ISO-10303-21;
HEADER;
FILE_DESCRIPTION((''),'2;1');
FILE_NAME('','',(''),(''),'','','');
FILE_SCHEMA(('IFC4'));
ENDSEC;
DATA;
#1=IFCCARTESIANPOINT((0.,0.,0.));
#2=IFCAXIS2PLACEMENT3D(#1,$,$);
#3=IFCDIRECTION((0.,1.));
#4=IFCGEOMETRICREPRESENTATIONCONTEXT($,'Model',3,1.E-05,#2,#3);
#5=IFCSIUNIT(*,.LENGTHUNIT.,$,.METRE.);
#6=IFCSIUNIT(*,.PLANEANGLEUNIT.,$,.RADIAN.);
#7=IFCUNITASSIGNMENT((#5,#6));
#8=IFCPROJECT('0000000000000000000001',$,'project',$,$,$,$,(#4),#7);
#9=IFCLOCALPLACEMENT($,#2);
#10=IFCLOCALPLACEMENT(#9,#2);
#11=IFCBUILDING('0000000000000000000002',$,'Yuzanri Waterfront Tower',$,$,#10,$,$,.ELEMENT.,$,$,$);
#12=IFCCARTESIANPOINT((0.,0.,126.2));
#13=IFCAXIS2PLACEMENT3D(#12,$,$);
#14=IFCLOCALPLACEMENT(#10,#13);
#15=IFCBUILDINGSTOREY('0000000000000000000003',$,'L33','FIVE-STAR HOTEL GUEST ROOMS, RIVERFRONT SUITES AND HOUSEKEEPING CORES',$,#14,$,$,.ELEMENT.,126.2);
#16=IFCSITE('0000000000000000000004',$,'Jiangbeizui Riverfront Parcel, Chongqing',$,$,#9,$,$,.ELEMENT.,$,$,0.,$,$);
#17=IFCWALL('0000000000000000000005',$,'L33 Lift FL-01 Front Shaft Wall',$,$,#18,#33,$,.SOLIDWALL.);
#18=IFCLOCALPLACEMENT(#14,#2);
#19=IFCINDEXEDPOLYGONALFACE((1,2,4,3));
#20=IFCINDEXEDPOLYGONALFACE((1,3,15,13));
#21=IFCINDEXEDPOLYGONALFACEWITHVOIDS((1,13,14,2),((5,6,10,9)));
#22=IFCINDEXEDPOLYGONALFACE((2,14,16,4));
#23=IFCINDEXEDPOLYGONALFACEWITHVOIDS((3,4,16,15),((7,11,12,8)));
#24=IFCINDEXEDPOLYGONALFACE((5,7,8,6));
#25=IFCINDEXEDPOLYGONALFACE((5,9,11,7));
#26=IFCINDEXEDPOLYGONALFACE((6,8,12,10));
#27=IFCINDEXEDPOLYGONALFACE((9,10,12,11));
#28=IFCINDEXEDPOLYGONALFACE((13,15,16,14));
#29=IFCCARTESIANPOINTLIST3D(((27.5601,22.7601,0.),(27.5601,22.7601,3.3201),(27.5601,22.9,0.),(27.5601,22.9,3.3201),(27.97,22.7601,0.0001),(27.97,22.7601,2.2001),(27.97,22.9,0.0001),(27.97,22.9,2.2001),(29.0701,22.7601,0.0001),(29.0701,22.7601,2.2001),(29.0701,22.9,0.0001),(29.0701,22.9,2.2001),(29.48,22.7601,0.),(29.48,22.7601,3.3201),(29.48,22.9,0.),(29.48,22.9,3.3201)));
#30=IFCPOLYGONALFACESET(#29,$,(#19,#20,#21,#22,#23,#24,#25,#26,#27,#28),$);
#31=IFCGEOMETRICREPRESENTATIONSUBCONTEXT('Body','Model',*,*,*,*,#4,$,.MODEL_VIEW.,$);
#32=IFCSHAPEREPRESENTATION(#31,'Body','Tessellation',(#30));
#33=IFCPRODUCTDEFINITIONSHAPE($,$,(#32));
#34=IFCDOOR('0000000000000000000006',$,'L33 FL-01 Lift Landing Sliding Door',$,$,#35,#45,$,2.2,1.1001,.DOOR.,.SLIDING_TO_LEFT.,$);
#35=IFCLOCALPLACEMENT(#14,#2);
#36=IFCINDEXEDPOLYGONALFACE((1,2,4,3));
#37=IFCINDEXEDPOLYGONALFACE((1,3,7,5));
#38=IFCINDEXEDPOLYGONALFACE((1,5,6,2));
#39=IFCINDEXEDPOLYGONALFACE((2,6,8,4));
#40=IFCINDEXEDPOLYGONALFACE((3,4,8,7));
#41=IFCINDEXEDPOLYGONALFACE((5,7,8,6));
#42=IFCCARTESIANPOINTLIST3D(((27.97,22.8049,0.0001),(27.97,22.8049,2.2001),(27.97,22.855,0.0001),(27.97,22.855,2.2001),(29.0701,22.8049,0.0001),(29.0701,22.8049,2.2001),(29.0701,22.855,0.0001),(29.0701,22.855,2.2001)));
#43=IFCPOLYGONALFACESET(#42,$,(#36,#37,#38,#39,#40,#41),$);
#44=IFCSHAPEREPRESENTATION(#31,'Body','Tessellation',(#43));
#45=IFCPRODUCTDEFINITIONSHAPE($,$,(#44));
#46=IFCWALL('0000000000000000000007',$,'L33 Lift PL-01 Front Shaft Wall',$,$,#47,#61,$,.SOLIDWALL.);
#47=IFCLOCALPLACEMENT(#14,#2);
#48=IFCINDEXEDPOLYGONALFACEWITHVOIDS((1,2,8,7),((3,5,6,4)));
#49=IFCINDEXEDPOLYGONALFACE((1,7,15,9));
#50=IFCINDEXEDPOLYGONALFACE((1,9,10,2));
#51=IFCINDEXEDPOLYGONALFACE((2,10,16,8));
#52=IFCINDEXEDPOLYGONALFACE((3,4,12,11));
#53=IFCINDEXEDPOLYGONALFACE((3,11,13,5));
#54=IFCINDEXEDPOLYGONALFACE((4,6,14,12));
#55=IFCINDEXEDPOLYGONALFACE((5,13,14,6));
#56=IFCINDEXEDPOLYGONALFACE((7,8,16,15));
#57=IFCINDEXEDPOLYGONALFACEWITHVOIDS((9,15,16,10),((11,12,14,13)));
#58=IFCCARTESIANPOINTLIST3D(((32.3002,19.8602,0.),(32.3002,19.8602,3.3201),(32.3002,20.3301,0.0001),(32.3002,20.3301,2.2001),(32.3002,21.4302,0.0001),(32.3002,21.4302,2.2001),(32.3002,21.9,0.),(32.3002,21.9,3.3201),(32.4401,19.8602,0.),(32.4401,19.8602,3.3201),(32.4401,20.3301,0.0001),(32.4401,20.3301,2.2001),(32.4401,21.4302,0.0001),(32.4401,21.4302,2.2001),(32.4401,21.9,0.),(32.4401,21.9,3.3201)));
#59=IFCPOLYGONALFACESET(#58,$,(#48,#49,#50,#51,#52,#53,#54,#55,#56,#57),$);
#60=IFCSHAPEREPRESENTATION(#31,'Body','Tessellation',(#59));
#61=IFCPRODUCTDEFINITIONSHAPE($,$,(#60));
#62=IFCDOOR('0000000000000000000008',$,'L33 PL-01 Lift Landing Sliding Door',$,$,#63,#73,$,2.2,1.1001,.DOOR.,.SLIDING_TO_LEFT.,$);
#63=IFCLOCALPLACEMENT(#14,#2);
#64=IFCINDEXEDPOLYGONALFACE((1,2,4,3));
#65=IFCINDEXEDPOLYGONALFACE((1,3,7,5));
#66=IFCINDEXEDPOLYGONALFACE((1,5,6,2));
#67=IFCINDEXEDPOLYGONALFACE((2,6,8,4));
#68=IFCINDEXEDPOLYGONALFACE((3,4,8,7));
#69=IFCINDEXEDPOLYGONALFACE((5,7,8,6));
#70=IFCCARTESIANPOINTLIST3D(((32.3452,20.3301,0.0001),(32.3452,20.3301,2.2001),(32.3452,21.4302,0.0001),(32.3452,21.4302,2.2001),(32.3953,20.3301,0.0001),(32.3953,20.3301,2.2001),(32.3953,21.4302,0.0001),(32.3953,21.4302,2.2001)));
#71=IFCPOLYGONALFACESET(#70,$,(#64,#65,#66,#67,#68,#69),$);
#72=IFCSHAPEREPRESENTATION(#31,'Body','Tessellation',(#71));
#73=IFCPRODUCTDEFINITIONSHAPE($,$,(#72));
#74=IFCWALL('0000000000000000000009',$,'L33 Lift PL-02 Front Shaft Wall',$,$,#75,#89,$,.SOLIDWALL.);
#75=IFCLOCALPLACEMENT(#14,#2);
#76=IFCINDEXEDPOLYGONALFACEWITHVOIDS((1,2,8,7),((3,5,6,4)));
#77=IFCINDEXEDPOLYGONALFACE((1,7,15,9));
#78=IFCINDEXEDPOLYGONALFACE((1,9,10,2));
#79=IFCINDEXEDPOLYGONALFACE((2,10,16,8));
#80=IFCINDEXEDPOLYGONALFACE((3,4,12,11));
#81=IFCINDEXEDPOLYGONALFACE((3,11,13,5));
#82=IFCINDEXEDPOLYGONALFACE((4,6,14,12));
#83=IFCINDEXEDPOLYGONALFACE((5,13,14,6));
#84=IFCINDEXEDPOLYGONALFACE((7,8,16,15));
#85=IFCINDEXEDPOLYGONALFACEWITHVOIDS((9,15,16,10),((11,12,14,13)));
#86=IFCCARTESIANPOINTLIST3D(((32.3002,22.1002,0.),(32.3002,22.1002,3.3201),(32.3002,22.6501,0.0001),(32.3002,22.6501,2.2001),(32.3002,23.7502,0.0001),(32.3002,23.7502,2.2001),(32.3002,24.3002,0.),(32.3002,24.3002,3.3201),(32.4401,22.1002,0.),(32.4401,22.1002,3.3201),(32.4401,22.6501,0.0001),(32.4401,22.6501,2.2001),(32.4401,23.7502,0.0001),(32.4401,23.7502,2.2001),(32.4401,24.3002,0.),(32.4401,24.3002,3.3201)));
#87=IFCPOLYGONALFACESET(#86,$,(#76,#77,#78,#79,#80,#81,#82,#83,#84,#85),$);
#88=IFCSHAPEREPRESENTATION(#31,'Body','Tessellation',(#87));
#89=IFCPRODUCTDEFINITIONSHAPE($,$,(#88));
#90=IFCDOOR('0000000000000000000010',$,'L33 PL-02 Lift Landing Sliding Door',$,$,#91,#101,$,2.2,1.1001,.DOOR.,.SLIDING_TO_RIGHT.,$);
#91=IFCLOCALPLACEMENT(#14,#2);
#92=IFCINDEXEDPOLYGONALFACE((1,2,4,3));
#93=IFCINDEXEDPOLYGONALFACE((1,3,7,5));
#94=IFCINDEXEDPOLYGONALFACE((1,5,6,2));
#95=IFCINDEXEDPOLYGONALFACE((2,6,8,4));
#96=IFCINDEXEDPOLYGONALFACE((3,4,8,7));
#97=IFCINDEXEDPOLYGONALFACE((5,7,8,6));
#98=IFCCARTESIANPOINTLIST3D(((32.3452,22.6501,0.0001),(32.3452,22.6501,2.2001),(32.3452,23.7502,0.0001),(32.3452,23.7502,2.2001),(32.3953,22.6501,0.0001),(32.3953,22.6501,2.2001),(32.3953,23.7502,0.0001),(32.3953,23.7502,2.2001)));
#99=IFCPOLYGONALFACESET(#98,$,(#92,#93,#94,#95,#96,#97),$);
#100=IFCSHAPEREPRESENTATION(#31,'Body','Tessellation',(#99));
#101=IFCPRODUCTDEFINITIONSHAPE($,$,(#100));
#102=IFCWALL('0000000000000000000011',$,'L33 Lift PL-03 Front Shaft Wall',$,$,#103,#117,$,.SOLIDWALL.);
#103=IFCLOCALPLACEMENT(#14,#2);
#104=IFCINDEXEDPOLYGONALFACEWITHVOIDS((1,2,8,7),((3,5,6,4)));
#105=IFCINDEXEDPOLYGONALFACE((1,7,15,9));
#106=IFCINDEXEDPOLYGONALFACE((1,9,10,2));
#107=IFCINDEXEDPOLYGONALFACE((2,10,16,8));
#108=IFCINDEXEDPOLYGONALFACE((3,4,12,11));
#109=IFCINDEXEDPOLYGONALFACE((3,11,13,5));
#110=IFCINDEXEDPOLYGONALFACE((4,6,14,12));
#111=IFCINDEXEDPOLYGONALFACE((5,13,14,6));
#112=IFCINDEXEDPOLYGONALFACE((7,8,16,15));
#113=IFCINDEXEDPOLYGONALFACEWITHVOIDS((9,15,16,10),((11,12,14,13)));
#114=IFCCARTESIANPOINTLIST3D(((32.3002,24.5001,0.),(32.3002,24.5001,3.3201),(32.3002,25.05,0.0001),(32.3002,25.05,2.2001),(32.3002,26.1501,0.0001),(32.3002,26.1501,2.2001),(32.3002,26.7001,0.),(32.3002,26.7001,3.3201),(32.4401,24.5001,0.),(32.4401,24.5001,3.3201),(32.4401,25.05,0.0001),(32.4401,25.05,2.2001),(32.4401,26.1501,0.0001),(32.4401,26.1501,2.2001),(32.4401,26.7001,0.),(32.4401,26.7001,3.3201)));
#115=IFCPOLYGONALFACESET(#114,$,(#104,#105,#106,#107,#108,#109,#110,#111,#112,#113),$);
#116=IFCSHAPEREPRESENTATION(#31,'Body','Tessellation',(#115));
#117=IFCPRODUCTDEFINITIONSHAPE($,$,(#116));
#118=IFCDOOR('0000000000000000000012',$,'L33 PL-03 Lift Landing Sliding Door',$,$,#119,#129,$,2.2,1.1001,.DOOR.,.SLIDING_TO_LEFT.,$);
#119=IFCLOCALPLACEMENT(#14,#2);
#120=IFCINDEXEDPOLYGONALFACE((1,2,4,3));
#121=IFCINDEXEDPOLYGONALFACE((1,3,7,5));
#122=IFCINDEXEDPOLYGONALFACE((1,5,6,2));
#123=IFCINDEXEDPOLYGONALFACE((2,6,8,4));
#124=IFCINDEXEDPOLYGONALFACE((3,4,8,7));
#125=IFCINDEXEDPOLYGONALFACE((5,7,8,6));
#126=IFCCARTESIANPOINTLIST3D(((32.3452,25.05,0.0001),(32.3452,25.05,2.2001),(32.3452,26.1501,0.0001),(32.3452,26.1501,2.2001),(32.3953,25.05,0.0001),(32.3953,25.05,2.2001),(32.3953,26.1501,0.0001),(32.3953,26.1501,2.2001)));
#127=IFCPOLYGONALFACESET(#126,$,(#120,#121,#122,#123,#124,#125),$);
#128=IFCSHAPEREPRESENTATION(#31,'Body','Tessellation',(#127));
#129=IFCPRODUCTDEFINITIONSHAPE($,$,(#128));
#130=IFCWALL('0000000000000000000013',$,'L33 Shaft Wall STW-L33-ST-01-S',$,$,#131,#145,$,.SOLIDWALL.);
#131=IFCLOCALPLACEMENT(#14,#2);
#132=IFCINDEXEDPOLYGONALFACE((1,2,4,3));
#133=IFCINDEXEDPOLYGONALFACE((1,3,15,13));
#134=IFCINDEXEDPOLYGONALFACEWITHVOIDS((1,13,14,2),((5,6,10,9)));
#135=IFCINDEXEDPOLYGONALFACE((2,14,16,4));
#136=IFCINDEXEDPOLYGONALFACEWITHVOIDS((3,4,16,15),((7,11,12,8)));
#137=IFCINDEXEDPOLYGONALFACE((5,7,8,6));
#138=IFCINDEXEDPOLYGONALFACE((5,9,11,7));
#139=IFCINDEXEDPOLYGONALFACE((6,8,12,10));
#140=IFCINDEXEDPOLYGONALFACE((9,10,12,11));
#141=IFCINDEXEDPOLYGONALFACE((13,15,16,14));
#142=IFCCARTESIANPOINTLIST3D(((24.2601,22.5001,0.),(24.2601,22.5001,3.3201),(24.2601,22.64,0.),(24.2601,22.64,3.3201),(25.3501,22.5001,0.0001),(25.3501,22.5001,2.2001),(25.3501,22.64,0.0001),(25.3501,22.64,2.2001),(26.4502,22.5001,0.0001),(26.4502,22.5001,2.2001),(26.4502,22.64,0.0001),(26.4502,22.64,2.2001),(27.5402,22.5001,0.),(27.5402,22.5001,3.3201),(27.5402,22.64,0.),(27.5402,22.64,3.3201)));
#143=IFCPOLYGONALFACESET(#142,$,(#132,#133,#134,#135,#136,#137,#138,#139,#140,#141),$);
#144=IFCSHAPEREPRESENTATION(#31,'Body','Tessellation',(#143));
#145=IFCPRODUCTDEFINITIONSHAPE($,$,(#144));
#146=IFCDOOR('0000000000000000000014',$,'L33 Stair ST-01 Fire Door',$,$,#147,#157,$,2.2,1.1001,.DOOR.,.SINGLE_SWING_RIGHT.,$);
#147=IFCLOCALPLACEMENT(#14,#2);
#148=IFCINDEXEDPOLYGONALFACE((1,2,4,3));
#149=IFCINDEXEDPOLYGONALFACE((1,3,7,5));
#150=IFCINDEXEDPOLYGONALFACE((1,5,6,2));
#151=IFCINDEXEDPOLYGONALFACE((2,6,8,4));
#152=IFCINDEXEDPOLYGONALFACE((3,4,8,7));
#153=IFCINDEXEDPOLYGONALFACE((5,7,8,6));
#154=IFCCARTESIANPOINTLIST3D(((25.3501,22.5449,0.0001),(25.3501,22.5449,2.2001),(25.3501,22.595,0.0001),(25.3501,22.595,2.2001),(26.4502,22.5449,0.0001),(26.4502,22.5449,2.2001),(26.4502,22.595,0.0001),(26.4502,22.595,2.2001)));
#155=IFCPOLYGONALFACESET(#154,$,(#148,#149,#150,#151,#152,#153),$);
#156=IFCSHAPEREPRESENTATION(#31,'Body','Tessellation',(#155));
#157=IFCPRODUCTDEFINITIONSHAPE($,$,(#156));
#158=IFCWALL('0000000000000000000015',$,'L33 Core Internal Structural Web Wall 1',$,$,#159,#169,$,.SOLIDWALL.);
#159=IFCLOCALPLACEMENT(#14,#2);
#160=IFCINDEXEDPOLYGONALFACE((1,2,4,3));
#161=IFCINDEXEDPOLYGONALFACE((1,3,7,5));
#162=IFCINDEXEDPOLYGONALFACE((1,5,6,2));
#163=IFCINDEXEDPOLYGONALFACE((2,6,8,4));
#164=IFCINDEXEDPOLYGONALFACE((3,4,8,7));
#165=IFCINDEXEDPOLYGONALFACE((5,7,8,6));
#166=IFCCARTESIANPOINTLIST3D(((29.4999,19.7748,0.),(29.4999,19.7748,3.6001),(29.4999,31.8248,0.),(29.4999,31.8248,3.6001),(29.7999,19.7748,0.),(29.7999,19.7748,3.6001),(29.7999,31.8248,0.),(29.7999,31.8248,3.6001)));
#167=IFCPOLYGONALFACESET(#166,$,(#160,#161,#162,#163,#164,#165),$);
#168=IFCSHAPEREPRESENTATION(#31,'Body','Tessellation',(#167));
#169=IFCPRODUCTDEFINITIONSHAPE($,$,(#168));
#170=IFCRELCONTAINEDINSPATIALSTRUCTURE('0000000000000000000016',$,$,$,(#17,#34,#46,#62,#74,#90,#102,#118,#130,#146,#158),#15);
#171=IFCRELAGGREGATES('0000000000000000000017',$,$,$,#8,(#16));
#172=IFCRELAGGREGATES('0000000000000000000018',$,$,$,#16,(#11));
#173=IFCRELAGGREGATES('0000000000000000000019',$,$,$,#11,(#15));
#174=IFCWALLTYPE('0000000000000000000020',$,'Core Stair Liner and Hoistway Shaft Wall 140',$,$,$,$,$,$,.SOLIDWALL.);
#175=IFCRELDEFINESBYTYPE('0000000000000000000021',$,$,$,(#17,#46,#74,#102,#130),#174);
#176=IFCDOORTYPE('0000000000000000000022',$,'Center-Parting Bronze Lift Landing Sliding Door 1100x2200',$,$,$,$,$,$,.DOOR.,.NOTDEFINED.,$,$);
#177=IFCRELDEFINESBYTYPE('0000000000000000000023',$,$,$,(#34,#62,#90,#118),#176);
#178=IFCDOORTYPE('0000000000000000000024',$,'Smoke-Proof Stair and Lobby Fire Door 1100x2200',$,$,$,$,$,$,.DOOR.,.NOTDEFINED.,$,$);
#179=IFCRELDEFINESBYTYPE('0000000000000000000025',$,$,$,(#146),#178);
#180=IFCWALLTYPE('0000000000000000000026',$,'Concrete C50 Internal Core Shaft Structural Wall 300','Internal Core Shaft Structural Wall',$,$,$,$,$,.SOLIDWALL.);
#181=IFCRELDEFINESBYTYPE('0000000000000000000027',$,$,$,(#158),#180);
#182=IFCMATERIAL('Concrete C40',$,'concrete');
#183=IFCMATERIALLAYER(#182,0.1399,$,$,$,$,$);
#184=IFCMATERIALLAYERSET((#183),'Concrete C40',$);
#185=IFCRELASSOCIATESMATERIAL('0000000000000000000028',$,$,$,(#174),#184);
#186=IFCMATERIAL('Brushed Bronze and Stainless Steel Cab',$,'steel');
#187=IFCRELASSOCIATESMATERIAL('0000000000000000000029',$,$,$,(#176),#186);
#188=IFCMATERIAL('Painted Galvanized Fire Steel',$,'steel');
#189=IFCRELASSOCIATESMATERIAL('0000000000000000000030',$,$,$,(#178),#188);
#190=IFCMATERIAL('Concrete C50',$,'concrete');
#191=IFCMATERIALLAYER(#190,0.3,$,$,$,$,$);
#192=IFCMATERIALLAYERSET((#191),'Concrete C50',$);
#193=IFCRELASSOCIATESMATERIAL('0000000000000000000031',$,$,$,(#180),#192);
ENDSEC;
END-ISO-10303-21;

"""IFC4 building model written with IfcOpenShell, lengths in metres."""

from ifc_helpers import new_model, si_unit, direction, frame, frame_2d, origin, place, context, subcontext, project, spatial, rectangle, extrude, source, transform, mapped, material, layer, layer_set, type_object, element, fill, save


model = new_model("IFC4")

# Units and contexts
model_context = context("Model", 3, precision=1e-05, world=origin(), true_north=direction((0.0, 1.0)))
body_context = subcontext(model_context, "Body", "Model", "MODEL_VIEW")
ifc_project = project(units=[si_unit("LENGTHUNIT", "METRE"), si_unit("PLANEANGLEUNIT", "RADIAN")], contexts=[model_context])

# Site, building, storey
site_placement = place(None, origin())
site = spatial("IfcSite", under=ifc_project, at=site_placement, Name="Jiangbeizui Riverfront Parcel, Chongqing", CompositionType="ELEMENT", RefElevation=0.0)
building_placement = place(site_placement, origin())
building = spatial("IfcBuilding", under=site, at=building_placement, Name="Yuzanri Waterfront Tower", CompositionType="ELEMENT")
storey_placement = place(building_placement, frame((0.0, 0.0, 126.2)))
storey = spatial("IfcBuildingStorey", under=building, at=storey_placement, Name="L33", Description="FIVE-STAR HOTEL GUEST ROOMS, RIVERFRONT SUITES AND HOUSEKEEPING CORES", CompositionType="ELEMENT", Elevation=126.2)

# Walls, openings, doors
ifc_material_1 = material(Name="Concrete C40", Category="concrete")
ifc_layer_1 = layer(ifc_material_1, 0.1399)
ifc_layer_set_1 = layer_set([ifc_layer_1], Name="Concrete C40")
wall_type_1 = type_object("IfcWallType", Name="Core Stair Liner and Hoistway Shaft Wall 140", PredefinedType="SOLIDWALL", material=ifc_layer_set_1)
wall_1_placement = place(storey_placement, frame((27.5601, 22.8301, 0.0), z_axis=(0.0, 0.0, 1.0), x_axis=(1.0, 0.0, 0.0)))
wall_1 = element("IfcWall", 1, at=wall_1_placement, inside=storey, type_object=wall_type_1, Name="L33 Lift FL-01 Front Shaft Wall", PredefinedType="SOLIDWALL", context=body_context, shape_type="SweptSolid", body=[
    extrude(rectangle(XDim=1.9199, YDim=0.1399, at=frame_2d((0.96, 0.0))), origin(), (0.0, 0.0, 1.0), 3.3201),
])
opening_1_placement = place(wall_1_placement, frame((0.4099, 0.0, 0.0)))
opening_1 = element("IfcOpeningElement", 2, at=opening_1_placement, cuts=wall_1, PredefinedType="OPENING", context=body_context, shape_type="SweptSolid", body=[
    extrude(rectangle(XDim=1.1001, YDim=2.2, at=frame_2d((0.55, 1.1001))), frame((0.0, 0.085, 0.0), z_axis=(0.0, -1.0, 0.0), x_axis=(1.0, 0.0, 0.0)), (0.0, 0.0, 1.0), 0.1697),
])
ifc_material_2 = material(Name="Brushed Bronze and Stainless Steel Cab", Category="steel")
door_type_1 = type_object("IfcDoorType", Name="Center-Parting Bronze Lift Landing Sliding Door 1100x2200", OperationType="NOTDEFINED", PredefinedType="DOOR", material=ifc_material_2)
shared_shape_1 = source(origin(), body_context, "Body", "SweptSolid", [
    extrude(rectangle(XDim=1.1001, YDim=2.2, at=frame_2d((0.55, 1.1001))), frame((0.0, 0.0249, 0.0), z_axis=(0.0, -1.0, 0.0), x_axis=(1.0, 0.0, 0.0)), (0.0, 0.0, 1.0), 0.05),
])
door_1_placement = place(opening_1_placement, origin())
door_1 = element("IfcDoor", 3, at=door_1_placement, inside=storey, type_object=door_type_1, Name="L33 FL-01 Lift Landing Sliding Door", OperationType="SLIDING_TO_LEFT", OverallHeight=2.2, OverallWidth=1.1001, PredefinedType="DOOR", context=body_context, shape_type="MappedRepresentation", body=[
    mapped(shared_shape_1, transform((0.0, 0.0, 0.0), scale=1.0)),
])
fill(opening_1, door_1)
wall_2_placement = place(storey_placement, frame((32.3701, 19.8601, 0.0), z_axis=(0.0, 0.0, 1.0), x_axis=(0.0, 1.0, 0.0)))
wall_2 = element("IfcWall", 4, at=wall_2_placement, inside=storey, type_object=wall_type_1, Name="L33 Lift PL-01 Front Shaft Wall", PredefinedType="SOLIDWALL", context=body_context, shape_type="SweptSolid", body=[
    extrude(rectangle(XDim=2.0398, YDim=0.1399, at=frame_2d((1.02, 0.0))), origin(), (0.0, 0.0, 1.0), 3.3201),
])
opening_2_placement = place(wall_2_placement, frame((0.47, 0.0, 0.0)))
opening_2 = element("IfcOpeningElement", 5, at=opening_2_placement, cuts=wall_2, PredefinedType="OPENING", context=body_context, shape_type="SweptSolid", body=[
    extrude(rectangle(XDim=1.1001, YDim=2.2, at=frame_2d((0.55, 1.1001))), frame((0.0, 0.085, 0.0), z_axis=(0.0, -1.0, 0.0), x_axis=(1.0, 0.0, 0.0)), (0.0, 0.0, 1.0), 0.1697),
])
door_2_placement = place(opening_2_placement, origin())
door_2 = element("IfcDoor", 6, at=door_2_placement, inside=storey, type_object=door_type_1, Name="L33 PL-01 Lift Landing Sliding Door", OperationType="SLIDING_TO_LEFT", OverallHeight=2.2, OverallWidth=1.1001, PredefinedType="DOOR", context=body_context, shape_type="MappedRepresentation", body=[
    mapped(shared_shape_1, transform((0.0, 0.0, 0.0), scale=1.0)),
])
fill(opening_2, door_2)
wall_3_placement = place(storey_placement, frame((32.3701, 22.1001, 0.0), z_axis=(0.0, 0.0, 1.0), x_axis=(0.0, 1.0, 0.0)))
wall_3 = element("IfcWall", 7, at=wall_3_placement, inside=storey, type_object=wall_type_1, Name="L33 Lift PL-02 Front Shaft Wall", PredefinedType="SOLIDWALL", context=body_context, shape_type="SweptSolid", body=[
    extrude(rectangle(XDim=2.2, YDim=0.1399, at=frame_2d((1.1001, 0.0))), origin(), (0.0, 0.0, 1.0), 3.3201),
])
opening_3_placement = place(wall_3_placement, frame((0.55, 0.0, 0.0)))
opening_3 = element("IfcOpeningElement", 8, at=opening_3_placement, cuts=wall_3, PredefinedType="OPENING", context=body_context, shape_type="SweptSolid", body=[
    extrude(rectangle(XDim=1.1001, YDim=2.2, at=frame_2d((0.55, 1.1001))), frame((0.0, 0.085, 0.0), z_axis=(0.0, -1.0, 0.0), x_axis=(1.0, 0.0, 0.0)), (0.0, 0.0, 1.0), 0.1697),
])
door_3_placement = place(opening_3_placement, origin())
door_3 = element("IfcDoor", 9, at=door_3_placement, inside=storey, type_object=door_type_1, Name="L33 PL-02 Lift Landing Sliding Door", OperationType="SLIDING_TO_RIGHT", OverallHeight=2.2, OverallWidth=1.1001, PredefinedType="DOOR", context=body_context, shape_type="MappedRepresentation", body=[
    mapped(shared_shape_1, transform((0.0, 0.0, 0.0), scale=1.0)),
])
fill(opening_3, door_3)
wall_4_placement = place(storey_placement, frame((32.3701, 24.5, 0.0), z_axis=(0.0, 0.0, 1.0), x_axis=(0.0, 1.0, 0.0)))
wall_4 = element("IfcWall", 10, at=wall_4_placement, inside=storey, type_object=wall_type_1, Name="L33 Lift PL-03 Front Shaft Wall", PredefinedType="SOLIDWALL", context=body_context, shape_type="SweptSolid", body=[
    extrude(rectangle(XDim=2.2, YDim=0.1399, at=frame_2d((1.1001, 0.0))), origin(), (0.0, 0.0, 1.0), 3.3201),
])
opening_4_placement = place(wall_4_placement, frame((0.55, 0.0, 0.0)))
opening_4 = element("IfcOpeningElement", 11, at=opening_4_placement, cuts=wall_4, PredefinedType="OPENING", context=body_context, shape_type="SweptSolid", body=[
    extrude(rectangle(XDim=1.1001, YDim=2.2, at=frame_2d((0.55, 1.1001))), frame((0.0, 0.085, 0.0), z_axis=(0.0, -1.0, 0.0), x_axis=(1.0, 0.0, 0.0)), (0.0, 0.0, 1.0), 0.1697),
])
door_4_placement = place(opening_4_placement, origin())
door_4 = element("IfcDoor", 12, at=door_4_placement, inside=storey, type_object=door_type_1, Name="L33 PL-03 Lift Landing Sliding Door", OperationType="SLIDING_TO_LEFT", OverallHeight=2.2, OverallWidth=1.1001, PredefinedType="DOOR", context=body_context, shape_type="MappedRepresentation", body=[
    mapped(shared_shape_1, transform((0.0, 0.0, 0.0), scale=1.0)),
])
fill(opening_4, door_4)
wall_5_placement = place(storey_placement, frame((24.26, 22.5701, 0.0), z_axis=(0.0, 0.0, 1.0), x_axis=(1.0, 0.0, 0.0)))
wall_5 = element("IfcWall", 13, at=wall_5_placement, inside=storey, type_object=wall_type_1, Name="L33 Shaft Wall STW-L33-ST-01-S", PredefinedType="SOLIDWALL", context=body_context, shape_type="SweptSolid", body=[
    extrude(rectangle(XDim=3.28, YDim=0.1399, at=frame_2d((1.6401, 0.0))), origin(), (0.0, 0.0, 1.0), 3.3201),
])
opening_5_placement = place(wall_5_placement, frame((1.0901, 0.0, 0.0)))
opening_5 = element("IfcOpeningElement", 14, at=opening_5_placement, cuts=wall_5, PredefinedType="OPENING", context=body_context, shape_type="SweptSolid", body=[
    extrude(rectangle(XDim=1.1001, YDim=2.2, at=frame_2d((0.55, 1.1001))), frame((0.0, 0.085, 0.0), z_axis=(0.0, -1.0, 0.0), x_axis=(1.0, 0.0, 0.0)), (0.0, 0.0, 1.0), 0.1697),
])
ifc_material_3 = material(Name="Painted Galvanized Fire Steel", Category="steel")
door_type_2 = type_object("IfcDoorType", Name="Smoke-Proof Stair and Lobby Fire Door 1100x2200", OperationType="NOTDEFINED", PredefinedType="DOOR", material=ifc_material_3)
shared_shape_2 = source(origin(), body_context, "Body", "SweptSolid", [
    extrude(rectangle(XDim=1.1001, YDim=2.2, at=frame_2d((0.55, 1.1001))), frame((0.0, 0.0249, 0.0), z_axis=(0.0, -1.0, 0.0), x_axis=(1.0, 0.0, 0.0)), (0.0, 0.0, 1.0), 0.05),
])
door_5_placement = place(opening_5_placement, origin())
door_5 = element("IfcDoor", 15, at=door_5_placement, inside=storey, type_object=door_type_2, Name="L33 Stair ST-01 Fire Door", OperationType="SINGLE_SWING_RIGHT", OverallHeight=2.2, OverallWidth=1.1001, PredefinedType="DOOR", context=body_context, shape_type="MappedRepresentation", body=[
    mapped(shared_shape_2, transform((0.0, 0.0, 0.0), scale=1.0)),
])
fill(opening_5, door_5)

# Wall
ifc_material_4 = material(Name="Concrete C50", Category="concrete")
ifc_layer_2 = layer(ifc_material_4, 0.3)
ifc_layer_set_2 = layer_set([ifc_layer_2], Name="Concrete C50")
wall_type_2 = type_object("IfcWallType", Name="Concrete C50 Internal Core Shaft Structural Wall 300", Description="Internal Core Shaft Structural Wall", PredefinedType="SOLIDWALL", material=ifc_layer_set_2)
shared_shape_3 = source(origin(), body_context, "Body", "SweptSolid", [
    extrude(rectangle(XDim=12.05, YDim=0.3, at=frame_2d((6.0249, 0.0))), origin(), (0.0, 0.0, 1.0), 3.6001),
])
wall_6_placement = place(storey_placement, frame((29.6499, 19.7749, 0.0), z_axis=(0.0, 0.0, 1.0), x_axis=(0.0, 1.0, 0.0)))
element("IfcWall", 16, at=wall_6_placement, inside=storey, type_object=wall_type_2, Name="L33 Core Internal Structural Web Wall 1", PredefinedType="SOLIDWALL", context=body_context, shape_type="MappedRepresentation", body=[
    mapped(shared_shape_3, transform((0.0, 0.0, 0.0), scale=1.0)),
])

save(model, "model.ifc")
